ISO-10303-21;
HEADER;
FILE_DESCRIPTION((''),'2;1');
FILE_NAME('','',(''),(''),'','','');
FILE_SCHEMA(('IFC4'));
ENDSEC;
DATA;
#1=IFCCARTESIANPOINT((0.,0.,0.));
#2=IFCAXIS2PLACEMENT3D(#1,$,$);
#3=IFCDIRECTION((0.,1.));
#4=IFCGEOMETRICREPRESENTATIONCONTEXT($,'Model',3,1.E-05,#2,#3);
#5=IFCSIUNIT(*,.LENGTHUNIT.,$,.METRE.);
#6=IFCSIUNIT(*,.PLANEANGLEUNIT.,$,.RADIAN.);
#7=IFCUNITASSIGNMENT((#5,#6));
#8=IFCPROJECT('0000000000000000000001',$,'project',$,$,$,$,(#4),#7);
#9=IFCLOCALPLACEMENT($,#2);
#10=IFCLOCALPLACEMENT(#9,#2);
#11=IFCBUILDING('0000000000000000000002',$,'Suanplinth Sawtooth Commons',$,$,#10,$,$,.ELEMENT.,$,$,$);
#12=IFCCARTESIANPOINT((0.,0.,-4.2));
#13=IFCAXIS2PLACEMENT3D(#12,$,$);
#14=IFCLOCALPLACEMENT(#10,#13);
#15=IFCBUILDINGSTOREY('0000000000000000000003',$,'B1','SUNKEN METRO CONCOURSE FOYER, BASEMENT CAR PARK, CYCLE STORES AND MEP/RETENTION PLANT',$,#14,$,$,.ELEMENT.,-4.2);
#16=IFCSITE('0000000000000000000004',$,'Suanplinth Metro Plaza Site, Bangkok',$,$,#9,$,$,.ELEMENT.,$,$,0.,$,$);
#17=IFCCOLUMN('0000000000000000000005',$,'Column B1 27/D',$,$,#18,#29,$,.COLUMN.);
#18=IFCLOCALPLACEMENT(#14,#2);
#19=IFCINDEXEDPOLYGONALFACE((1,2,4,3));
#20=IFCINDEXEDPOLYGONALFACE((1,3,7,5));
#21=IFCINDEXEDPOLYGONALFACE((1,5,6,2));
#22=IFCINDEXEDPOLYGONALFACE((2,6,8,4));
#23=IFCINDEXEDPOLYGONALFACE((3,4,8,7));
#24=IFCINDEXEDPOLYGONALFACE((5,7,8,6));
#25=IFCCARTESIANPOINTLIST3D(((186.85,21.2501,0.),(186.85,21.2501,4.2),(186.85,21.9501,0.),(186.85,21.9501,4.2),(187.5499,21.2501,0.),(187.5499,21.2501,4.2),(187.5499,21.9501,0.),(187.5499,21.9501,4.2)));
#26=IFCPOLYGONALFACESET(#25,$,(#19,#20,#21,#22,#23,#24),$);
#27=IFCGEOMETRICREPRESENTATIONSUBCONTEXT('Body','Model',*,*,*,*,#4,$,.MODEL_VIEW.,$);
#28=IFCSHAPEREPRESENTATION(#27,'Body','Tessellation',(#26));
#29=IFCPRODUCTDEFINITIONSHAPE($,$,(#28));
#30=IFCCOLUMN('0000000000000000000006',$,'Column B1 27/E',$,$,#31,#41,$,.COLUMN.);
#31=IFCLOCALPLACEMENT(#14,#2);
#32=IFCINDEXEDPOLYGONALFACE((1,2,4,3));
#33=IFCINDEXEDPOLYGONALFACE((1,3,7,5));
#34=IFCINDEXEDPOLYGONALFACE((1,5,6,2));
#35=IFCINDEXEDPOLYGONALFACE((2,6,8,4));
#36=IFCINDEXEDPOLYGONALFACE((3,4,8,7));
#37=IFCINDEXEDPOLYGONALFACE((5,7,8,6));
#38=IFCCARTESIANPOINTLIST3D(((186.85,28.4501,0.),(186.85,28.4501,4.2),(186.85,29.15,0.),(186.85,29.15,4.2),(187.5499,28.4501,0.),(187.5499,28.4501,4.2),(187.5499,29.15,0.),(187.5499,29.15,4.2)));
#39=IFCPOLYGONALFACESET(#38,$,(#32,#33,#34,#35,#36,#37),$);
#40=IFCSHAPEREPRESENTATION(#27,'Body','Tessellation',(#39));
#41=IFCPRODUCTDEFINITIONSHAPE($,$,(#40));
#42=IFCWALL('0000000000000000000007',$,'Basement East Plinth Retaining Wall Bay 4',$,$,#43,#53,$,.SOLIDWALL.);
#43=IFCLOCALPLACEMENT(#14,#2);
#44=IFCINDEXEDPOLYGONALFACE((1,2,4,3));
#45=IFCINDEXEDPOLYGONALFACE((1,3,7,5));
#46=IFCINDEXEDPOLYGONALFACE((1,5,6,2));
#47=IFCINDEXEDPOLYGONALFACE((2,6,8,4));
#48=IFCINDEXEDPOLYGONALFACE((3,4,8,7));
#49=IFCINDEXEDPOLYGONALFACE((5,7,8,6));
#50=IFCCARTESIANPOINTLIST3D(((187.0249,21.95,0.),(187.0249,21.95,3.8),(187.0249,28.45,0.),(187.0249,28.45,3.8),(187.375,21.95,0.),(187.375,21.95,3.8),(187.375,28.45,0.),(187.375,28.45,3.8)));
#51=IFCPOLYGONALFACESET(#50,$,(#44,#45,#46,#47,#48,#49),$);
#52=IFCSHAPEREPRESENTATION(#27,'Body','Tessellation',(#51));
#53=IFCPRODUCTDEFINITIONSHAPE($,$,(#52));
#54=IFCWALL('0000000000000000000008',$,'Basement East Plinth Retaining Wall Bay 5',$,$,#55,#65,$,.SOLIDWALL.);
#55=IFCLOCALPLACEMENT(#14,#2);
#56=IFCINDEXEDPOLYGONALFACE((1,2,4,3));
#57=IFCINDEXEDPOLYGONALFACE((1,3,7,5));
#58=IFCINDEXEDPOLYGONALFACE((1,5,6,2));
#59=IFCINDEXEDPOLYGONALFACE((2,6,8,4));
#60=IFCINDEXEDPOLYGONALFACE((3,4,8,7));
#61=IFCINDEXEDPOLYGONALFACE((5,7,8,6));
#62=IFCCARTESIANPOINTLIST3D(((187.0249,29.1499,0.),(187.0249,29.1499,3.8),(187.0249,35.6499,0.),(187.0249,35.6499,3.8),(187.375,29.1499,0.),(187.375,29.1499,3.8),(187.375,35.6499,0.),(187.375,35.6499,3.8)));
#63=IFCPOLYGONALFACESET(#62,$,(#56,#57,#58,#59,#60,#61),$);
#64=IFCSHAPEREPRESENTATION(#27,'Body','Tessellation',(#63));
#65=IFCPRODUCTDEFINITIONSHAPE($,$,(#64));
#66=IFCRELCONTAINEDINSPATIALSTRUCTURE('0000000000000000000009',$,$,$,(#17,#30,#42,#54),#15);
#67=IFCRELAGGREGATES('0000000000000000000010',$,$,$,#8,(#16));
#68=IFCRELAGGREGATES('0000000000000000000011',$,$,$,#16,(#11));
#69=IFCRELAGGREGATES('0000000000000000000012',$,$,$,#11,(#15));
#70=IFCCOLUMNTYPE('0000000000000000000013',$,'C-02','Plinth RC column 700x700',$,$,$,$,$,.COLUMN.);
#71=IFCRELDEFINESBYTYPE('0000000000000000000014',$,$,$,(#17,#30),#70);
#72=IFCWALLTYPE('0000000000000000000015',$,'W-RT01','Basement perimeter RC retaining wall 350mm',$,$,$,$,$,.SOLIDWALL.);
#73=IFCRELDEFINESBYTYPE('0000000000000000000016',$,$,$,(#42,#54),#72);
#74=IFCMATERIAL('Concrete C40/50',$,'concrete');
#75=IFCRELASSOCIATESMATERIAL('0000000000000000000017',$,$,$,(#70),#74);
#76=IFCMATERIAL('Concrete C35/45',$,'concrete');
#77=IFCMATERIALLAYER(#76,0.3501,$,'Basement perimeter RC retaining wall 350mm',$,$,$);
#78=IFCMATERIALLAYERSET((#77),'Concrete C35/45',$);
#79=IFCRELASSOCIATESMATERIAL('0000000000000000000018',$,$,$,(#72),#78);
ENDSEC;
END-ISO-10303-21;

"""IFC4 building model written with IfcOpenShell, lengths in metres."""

from ifc_helpers import new_model, si_unit, direction, frame, frame_2d, origin, origin_2d, place, context, subcontext, project, spatial, rectangle, extrude, material, layer, layer_set, material_profile, profile_set, type_object, element, save


model = new_model("IFC4")

# Units and contexts
model_context = context("Model", 3, precision=1e-05, world=origin(), true_north=direction((0.0, 1.0)))
body_context = subcontext(model_context, "Body", "Model", "MODEL_VIEW")
ifc_project = project(units=[si_unit("LENGTHUNIT", "METRE"), si_unit("PLANEANGLEUNIT", "RADIAN")], contexts=[model_context])

# Site, building, storey
site_placement = place(None, origin())
site = spatial("IfcSite", under=ifc_project, at=site_placement, Name="Suanplinth Metro Plaza Site, Bangkok", CompositionType="ELEMENT", RefElevation=0.0)
building_placement = place(site_placement, origin())
building = spatial("IfcBuilding", under=site, at=building_placement, Name="Suanplinth Sawtooth Commons", CompositionType="ELEMENT")
storey_placement = place(building_placement, frame((0.0, 0.0, -4.2)))
storey = spatial("IfcBuildingStorey", under=building, at=storey_placement, Name="B1", Description="SUNKEN METRO CONCOURSE FOYER, BASEMENT CAR PARK, CYCLE STORES AND MEP/RETENTION PLANT", CompositionType="ELEMENT", Elevation=-4.2)

# Shared definitions
ifc_material_1 = material(Name="Concrete C35/45", Category="concrete")

# Columns
ifc_material_2 = material(Name="Concrete C40/50", Category="concrete")
ifc_material_profile_1 = material_profile(ifc_material_2, rectangle(XDim=0.7, YDim=0.7, at=origin_2d()), Name="RC-COL 700x700")
ifc_profile_set_1 = profile_set([ifc_material_profile_1], Name="Concrete C40/50")
column_type = type_object("IfcColumnType", Name="C-02", Description="Plinth RC column 700x700", PredefinedType="COLUMN", material=ifc_profile_set_1)
for number, where, z_axis, x_axis, name in (
    (1, (187.2, 21.6001, 0.0), (0.0, 0.0, 1.0), (1.0, 0.0, 0.0), "Column B1 27/D"),
    (2, (187.2, 28.8, 0.0), (0.0, 0.0, 1.0), (1.0, 0.0, 0.0), "Column B1 27/E"),
):
    element("IfcColumn", number, at=place(storey_placement, frame(where, z_axis=z_axis, x_axis=x_axis)), inside=storey, type_object=column_type, Name=name, PredefinedType="COLUMN", context=body_context, shape_type="SweptSolid", body=[
        extrude(rectangle(XDim=0.7, YDim=0.7, at=origin_2d()), origin(), (0.0, 0.0, 1.0), 4.2),
    ])

# Walls
ifc_layer = layer(ifc_material_1, 0.3501, Name="Basement perimeter RC retaining wall 350mm")
ifc_layer_set = layer_set([ifc_layer], Name="Concrete C35/45")
wall_type = type_object("IfcWallType", Name="W-RT01", Description="Basement perimeter RC retaining wall 350mm", PredefinedType="SOLIDWALL", material=ifc_layer_set)
for number, where, z_axis, x_axis, name in (
    (3, (187.2, 21.95, 0.0), (0.0, 0.0, 1.0), (0.0, 1.0, 0.0), "Basement East Plinth Retaining Wall Bay 4"),
    (4, (187.2, 29.1499, 0.0), (0.0, 0.0, 1.0), (0.0, 1.0, 0.0), "Basement East Plinth Retaining Wall Bay 5"),
):
    element("IfcWall", number, at=place(storey_placement, frame(where, z_axis=z_axis, x_axis=x_axis)), inside=storey, type_object=wall_type, Name=name, PredefinedType="SOLIDWALL", context=body_context, shape_type="SweptSolid", body=[
        extrude(rectangle(XDim=6.5, YDim=0.3501, at=frame_2d((3.25, 0.0))), origin(), (0.0, 0.0, 1.0), 3.8),
    ])

save(model, "model.ifc")
